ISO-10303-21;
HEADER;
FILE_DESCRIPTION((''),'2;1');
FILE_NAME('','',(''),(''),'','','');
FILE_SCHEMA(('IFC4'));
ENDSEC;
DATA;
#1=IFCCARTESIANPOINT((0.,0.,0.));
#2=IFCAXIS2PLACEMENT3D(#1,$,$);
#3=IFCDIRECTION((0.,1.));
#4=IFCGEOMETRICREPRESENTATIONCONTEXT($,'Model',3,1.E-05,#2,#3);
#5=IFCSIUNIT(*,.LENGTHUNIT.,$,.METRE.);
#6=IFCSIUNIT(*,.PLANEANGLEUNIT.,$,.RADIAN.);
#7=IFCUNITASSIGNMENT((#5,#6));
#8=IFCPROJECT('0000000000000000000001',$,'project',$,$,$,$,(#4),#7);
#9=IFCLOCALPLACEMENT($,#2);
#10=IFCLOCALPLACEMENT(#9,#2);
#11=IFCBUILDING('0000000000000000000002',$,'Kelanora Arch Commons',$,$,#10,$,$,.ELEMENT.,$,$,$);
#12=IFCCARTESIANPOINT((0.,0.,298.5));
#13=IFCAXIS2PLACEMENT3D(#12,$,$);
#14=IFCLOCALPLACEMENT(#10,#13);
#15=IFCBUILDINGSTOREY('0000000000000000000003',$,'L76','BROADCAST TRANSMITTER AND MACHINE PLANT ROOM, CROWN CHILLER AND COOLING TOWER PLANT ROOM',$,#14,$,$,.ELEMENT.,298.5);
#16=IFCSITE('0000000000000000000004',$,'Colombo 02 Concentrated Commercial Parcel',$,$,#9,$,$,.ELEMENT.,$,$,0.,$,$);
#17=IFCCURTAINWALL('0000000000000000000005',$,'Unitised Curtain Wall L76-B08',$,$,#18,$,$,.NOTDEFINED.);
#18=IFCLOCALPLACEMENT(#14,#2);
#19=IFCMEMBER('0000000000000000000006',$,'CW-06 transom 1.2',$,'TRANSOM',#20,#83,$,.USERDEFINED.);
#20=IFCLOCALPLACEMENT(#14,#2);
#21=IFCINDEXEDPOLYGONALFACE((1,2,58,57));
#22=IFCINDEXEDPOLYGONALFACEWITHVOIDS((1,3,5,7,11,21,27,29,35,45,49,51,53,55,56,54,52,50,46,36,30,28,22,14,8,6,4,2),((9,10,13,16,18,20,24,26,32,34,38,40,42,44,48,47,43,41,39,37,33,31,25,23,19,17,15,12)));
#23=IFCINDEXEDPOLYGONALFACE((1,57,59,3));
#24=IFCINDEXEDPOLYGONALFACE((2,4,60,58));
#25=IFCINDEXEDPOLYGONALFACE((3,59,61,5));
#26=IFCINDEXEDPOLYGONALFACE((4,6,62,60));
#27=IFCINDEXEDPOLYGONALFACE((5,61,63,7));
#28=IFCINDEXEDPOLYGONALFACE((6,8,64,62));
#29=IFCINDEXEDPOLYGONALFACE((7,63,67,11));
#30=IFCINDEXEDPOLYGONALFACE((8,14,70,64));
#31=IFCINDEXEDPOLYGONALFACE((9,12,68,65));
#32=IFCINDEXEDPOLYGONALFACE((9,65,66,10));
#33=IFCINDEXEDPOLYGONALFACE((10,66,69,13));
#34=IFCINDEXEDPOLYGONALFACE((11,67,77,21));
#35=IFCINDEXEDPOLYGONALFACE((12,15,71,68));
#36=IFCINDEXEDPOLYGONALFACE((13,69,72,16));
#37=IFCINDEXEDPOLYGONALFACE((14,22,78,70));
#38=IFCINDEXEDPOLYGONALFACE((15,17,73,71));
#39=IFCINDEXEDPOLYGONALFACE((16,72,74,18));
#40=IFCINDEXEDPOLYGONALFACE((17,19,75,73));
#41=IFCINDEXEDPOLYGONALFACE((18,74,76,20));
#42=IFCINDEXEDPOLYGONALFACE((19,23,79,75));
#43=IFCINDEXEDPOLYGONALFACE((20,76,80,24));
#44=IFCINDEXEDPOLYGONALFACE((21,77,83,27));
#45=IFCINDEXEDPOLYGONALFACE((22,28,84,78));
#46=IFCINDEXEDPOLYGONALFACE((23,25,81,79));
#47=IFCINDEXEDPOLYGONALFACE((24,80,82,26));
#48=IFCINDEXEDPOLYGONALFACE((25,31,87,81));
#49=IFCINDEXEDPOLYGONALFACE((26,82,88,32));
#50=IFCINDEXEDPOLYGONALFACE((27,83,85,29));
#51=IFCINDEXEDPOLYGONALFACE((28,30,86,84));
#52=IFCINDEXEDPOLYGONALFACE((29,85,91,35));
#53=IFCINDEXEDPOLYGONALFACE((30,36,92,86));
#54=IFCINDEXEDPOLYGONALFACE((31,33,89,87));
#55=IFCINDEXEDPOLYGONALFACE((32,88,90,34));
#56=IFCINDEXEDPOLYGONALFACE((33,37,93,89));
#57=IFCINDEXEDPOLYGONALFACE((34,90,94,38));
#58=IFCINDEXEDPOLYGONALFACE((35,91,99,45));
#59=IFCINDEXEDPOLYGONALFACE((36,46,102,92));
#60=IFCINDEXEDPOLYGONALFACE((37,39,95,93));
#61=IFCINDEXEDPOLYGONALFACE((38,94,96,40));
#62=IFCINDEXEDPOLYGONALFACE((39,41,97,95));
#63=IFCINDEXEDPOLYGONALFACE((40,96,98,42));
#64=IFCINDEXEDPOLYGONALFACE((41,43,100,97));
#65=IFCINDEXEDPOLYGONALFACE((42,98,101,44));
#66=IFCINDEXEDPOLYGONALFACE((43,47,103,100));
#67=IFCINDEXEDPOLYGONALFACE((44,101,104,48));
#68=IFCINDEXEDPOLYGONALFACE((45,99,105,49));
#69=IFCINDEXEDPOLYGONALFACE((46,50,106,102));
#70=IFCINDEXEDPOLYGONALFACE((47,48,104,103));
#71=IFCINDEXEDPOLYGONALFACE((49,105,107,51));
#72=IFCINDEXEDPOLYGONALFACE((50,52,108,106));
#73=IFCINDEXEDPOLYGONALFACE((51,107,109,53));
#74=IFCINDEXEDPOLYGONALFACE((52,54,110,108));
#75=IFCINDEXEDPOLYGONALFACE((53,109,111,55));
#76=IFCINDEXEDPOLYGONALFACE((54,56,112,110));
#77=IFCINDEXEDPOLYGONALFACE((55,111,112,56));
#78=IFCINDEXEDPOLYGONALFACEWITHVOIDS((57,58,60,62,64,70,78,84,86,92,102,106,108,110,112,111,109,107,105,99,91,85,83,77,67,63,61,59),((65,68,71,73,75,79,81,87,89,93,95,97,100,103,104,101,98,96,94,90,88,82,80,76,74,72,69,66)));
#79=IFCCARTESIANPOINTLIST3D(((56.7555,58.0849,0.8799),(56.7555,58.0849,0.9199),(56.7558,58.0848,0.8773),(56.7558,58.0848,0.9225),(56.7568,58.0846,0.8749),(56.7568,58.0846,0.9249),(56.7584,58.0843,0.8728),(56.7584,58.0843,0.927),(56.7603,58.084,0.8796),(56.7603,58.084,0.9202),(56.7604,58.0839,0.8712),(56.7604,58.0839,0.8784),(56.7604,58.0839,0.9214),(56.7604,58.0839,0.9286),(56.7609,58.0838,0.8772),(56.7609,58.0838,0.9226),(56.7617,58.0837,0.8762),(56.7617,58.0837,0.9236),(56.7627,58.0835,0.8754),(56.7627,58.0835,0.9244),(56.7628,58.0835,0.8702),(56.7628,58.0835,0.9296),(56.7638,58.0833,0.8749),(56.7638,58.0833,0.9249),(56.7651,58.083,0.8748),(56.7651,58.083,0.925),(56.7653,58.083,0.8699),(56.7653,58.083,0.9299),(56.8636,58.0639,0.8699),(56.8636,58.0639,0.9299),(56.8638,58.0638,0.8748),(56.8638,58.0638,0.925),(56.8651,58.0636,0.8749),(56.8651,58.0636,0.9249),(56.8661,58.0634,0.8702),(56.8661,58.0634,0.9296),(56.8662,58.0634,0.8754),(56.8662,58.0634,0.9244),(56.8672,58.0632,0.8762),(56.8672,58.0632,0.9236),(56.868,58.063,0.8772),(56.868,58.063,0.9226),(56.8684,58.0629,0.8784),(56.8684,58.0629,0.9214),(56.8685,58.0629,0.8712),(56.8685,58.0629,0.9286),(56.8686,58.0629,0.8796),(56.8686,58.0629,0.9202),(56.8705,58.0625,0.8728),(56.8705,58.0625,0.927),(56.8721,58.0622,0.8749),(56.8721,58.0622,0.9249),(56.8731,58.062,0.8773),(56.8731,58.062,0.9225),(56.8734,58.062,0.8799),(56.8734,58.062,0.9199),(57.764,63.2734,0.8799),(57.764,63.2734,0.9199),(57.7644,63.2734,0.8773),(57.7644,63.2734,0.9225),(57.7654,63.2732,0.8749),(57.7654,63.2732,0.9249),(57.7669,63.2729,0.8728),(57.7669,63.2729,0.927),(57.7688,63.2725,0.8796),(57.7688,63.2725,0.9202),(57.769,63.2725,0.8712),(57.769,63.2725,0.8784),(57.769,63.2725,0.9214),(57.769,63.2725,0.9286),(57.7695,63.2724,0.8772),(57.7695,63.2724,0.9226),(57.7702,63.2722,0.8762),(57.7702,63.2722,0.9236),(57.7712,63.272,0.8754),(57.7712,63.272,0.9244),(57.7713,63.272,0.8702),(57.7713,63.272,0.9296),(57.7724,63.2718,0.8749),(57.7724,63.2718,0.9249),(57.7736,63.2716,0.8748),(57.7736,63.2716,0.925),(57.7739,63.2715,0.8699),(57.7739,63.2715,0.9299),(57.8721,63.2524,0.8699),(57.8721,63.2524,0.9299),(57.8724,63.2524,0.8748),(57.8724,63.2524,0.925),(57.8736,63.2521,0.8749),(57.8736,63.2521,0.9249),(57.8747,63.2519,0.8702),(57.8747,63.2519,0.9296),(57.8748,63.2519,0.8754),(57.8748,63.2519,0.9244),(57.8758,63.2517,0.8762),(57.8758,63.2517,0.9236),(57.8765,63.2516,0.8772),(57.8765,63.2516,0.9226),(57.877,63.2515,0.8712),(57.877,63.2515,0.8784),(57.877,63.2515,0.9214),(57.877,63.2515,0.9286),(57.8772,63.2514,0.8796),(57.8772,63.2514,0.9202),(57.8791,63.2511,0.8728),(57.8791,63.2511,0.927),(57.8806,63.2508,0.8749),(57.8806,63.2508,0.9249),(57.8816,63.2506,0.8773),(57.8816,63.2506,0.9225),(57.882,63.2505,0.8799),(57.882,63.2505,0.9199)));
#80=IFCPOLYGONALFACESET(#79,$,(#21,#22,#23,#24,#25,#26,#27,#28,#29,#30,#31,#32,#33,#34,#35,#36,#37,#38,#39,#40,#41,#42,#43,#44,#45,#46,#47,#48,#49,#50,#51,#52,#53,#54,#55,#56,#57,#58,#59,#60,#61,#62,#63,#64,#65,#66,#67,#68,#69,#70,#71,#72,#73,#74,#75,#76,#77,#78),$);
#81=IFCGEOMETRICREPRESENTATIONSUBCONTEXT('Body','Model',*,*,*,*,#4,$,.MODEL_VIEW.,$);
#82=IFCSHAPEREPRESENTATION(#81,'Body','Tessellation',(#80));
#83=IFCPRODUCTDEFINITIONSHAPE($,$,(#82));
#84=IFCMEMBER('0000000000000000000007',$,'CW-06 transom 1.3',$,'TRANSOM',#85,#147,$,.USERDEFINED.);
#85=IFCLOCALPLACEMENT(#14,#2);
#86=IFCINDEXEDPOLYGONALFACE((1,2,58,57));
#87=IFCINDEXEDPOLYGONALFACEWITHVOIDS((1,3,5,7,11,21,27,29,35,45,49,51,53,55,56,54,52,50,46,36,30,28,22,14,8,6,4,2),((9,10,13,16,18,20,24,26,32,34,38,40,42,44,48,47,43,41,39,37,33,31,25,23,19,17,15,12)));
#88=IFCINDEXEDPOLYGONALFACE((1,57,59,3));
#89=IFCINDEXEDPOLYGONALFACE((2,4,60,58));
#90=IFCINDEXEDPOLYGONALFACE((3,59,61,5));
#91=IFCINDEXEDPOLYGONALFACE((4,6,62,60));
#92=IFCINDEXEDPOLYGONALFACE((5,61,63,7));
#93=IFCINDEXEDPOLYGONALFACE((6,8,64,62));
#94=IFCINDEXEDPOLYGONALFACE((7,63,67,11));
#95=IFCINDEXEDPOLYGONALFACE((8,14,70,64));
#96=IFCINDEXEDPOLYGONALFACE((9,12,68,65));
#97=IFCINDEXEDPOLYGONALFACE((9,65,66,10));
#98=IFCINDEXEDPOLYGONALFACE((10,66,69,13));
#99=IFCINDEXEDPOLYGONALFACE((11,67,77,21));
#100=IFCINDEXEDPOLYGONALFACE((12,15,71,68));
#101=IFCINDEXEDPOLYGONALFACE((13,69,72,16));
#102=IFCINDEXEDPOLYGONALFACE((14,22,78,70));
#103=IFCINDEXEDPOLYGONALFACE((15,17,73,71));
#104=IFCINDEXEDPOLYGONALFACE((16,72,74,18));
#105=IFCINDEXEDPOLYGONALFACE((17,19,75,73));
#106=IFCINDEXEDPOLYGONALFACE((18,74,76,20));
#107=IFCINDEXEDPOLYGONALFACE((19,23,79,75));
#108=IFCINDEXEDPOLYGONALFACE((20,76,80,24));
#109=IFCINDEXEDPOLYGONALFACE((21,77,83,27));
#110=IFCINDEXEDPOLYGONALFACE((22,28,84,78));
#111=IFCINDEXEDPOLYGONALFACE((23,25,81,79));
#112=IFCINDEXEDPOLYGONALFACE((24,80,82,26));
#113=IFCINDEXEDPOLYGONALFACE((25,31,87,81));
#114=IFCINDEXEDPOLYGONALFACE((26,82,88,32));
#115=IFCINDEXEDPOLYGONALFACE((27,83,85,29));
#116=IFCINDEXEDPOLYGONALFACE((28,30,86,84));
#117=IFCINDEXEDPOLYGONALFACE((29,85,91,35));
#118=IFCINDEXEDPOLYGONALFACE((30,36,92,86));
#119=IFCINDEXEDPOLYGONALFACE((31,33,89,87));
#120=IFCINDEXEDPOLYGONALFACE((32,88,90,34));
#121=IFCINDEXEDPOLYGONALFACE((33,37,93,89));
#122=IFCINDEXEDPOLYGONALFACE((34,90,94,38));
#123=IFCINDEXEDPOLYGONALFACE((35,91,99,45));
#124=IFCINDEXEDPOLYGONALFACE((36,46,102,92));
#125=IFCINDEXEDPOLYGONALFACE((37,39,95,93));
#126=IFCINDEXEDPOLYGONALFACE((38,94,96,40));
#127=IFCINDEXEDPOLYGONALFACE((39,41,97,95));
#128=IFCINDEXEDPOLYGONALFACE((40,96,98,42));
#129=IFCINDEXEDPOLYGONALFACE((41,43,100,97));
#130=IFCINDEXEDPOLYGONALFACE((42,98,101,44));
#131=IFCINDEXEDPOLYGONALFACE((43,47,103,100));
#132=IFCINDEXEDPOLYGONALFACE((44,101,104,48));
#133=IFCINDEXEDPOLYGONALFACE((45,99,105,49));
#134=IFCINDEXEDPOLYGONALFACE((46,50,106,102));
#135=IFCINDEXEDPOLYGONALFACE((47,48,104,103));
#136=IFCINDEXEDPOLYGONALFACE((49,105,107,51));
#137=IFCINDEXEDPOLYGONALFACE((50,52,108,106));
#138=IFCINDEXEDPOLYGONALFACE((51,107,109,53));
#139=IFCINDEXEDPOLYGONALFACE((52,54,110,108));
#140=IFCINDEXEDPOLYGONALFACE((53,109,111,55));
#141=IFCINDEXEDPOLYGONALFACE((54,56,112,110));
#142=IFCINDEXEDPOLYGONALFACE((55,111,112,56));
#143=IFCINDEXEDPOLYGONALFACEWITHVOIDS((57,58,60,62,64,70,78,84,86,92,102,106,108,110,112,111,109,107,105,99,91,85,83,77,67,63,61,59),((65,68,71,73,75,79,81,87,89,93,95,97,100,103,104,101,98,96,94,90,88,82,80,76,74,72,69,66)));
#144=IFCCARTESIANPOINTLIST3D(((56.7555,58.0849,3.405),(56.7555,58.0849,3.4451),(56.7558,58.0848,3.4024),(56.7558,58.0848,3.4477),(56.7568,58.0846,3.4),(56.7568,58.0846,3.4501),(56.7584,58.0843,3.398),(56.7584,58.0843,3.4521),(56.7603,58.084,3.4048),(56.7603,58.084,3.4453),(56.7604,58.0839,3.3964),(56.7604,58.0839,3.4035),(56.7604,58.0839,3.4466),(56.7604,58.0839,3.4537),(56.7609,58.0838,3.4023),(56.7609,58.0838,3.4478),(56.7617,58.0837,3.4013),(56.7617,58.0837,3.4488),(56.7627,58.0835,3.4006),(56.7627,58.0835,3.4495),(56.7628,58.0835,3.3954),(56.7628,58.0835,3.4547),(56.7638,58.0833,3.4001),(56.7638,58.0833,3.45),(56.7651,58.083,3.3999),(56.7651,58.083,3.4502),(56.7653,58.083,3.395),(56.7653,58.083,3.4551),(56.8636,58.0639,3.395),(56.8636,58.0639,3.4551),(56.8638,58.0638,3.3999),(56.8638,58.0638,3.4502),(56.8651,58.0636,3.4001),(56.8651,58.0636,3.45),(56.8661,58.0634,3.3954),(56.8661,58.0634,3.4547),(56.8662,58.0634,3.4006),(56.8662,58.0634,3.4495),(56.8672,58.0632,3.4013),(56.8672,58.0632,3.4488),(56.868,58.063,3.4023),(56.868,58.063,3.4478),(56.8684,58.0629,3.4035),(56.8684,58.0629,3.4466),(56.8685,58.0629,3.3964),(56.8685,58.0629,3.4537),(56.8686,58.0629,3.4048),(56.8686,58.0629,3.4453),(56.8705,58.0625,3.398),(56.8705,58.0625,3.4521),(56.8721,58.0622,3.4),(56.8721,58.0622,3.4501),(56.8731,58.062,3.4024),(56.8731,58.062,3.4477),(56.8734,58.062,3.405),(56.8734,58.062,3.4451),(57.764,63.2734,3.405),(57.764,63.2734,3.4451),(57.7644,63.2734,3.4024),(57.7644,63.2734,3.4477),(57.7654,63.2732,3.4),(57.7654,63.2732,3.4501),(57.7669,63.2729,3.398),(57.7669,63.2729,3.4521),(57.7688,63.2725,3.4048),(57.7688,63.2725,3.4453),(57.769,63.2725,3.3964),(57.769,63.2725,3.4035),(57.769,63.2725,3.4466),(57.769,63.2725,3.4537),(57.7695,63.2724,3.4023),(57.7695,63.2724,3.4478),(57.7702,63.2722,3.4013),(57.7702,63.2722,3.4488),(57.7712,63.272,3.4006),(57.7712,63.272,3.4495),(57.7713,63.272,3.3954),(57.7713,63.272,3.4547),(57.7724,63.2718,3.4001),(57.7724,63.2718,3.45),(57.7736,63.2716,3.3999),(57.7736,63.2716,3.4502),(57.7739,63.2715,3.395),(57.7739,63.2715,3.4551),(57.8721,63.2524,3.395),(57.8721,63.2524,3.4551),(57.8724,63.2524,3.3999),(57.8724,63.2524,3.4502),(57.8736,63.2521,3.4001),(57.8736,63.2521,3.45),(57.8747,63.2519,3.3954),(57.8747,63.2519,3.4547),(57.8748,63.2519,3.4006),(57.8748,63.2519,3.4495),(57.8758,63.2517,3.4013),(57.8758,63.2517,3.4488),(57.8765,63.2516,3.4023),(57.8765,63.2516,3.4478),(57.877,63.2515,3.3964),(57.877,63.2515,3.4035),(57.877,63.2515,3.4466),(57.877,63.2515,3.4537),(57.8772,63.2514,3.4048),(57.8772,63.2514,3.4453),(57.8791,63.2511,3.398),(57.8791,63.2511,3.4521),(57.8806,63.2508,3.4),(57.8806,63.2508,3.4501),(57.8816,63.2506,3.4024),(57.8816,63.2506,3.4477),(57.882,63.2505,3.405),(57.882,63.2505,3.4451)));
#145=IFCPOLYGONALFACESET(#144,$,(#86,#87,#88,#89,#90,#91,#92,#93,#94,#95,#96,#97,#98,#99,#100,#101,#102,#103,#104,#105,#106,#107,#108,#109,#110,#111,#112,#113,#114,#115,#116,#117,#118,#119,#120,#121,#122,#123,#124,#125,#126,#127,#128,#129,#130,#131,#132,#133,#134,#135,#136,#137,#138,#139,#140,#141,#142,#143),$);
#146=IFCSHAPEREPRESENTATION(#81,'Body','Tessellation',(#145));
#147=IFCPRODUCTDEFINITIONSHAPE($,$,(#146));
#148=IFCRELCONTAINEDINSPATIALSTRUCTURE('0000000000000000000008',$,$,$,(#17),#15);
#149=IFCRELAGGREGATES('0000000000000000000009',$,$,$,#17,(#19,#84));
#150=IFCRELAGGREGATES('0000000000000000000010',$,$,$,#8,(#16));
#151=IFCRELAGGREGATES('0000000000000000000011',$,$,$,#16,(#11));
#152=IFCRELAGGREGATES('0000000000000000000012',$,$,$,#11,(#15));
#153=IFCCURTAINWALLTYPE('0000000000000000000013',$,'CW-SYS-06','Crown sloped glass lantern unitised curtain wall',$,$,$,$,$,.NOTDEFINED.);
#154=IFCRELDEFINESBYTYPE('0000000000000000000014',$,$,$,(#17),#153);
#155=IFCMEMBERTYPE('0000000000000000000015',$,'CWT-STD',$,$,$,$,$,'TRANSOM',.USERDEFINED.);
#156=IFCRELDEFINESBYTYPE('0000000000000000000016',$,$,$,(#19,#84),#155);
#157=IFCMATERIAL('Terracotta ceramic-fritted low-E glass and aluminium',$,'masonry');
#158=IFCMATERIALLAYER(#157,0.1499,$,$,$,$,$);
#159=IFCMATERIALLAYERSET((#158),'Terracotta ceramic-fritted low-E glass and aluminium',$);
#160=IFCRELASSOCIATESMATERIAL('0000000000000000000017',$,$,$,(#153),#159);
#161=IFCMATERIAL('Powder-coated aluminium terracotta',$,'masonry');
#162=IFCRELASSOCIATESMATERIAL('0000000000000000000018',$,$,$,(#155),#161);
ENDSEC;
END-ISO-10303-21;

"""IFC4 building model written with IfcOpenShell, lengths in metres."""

from ifc_helpers import new_model, si_unit, direction, frame, origin, origin_2d, place, context, subcontext, project, spatial, hollow_rectangle, extrude, material, layer, layer_set, material_profile, profile_set, type_object, element, aggregate, save


model = new_model("IFC4")

# Units and contexts
model_context = context("Model", 3, precision=1e-05, world=origin(), true_north=direction((0.0, 1.0)))
body_context = subcontext(model_context, "Body", "Model", "MODEL_VIEW")
ifc_project = project(units=[si_unit("LENGTHUNIT", "METRE"), si_unit("PLANEANGLEUNIT", "RADIAN")], contexts=[model_context])

# Site, building, storey
site_placement = place(None, origin())
site = spatial("IfcSite", under=ifc_project, at=site_placement, Name="Colombo 02 Concentrated Commercial Parcel", CompositionType="ELEMENT", RefElevation=0.0)
building_placement = place(site_placement, origin())
building = spatial("IfcBuilding", under=site, at=building_placement, Name="Kelanora Arch Commons", CompositionType="ELEMENT")
storey_placement = place(building_placement, frame((0.0, 0.0, 298.5)))
storey = spatial("IfcBuildingStorey", under=building, at=storey_placement, Name="L76", Description="BROADCAST TRANSMITTER AND MACHINE PLANT ROOM, CROWN CHILLER AND COOLING TOWER PLANT ROOM", CompositionType="ELEMENT", Elevation=298.5)

# Shared definitions
ifc_material_1 = material(Name="Terracotta ceramic-fritted low-E glass and aluminium", Category="masonry")
ifc_layer_1 = layer(ifc_material_1, 0.1499)
ifc_layer_set_1 = layer_set([ifc_layer_1], Name="Terracotta ceramic-fritted low-E glass and aluminium")
curtain_wall_type = type_object("IfcCurtainWallType", Name="CW-SYS-06", Description="Crown sloped glass lantern unitised curtain wall", PredefinedType="NOTDEFINED", material=ifc_layer_set_1)
ifc_material_2 = material(Name="Powder-coated aluminium terracotta", Category="masonry")

# Curtain wall, members
curtain_wall_1_placement = place(storey_placement, origin())
curtain_wall_1 = element("IfcCurtainWall", 1, at=curtain_wall_1_placement, inside=storey, type_object=curtain_wall_type, Name="Unitised Curtain Wall L76-B08", PredefinedType="NOTDEFINED")
ifc_material_profile_1 = material_profile(ifc_material_2, hollow_rectangle(XDim=0.1201, YDim=0.0601, WallThickness=0.0049, InnerFilletRadius=0.0049, OuterFilletRadius=0.01, at=origin_2d()), Name="CWT120x60")
ifc_profile_set_1 = profile_set([ifc_material_profile_1], Name="Powder-coated aluminium terracotta")
member_type_1 = type_object("IfcMemberType", Name="CWT-STD", ElementType="TRANSOM", PredefinedType="USERDEFINED", material=ifc_profile_set_1)
member_1_placement = place(storey_placement, frame((57.823, 63.262, 0.8999), z_axis=(-0.19081, -0.981627, 0.0), x_axis=(0.981627, -0.19081, 0.0)))
member_1 = element("IfcMember", 2, at=member_1_placement, type_object=member_type_1, Name="CW-06 transom 1.2", ObjectType="TRANSOM", PredefinedType="USERDEFINED", context=body_context, shape_type="SweptSolid", body=[
    extrude(hollow_rectangle(XDim=0.1201, YDim=0.0601, WallThickness=0.0049, InnerFilletRadius=0.0049, OuterFilletRadius=0.01, at=origin_2d()), origin(), (0.0, 0.0, 1.0), 5.2856),
])
member_2_placement = place(storey_placement, frame((57.823, 63.262, 3.425), z_axis=(-0.19081, -0.981627, 0.0), x_axis=(0.981627, -0.19081, 0.0)))
member_2 = element("IfcMember", 3, at=member_2_placement, type_object=member_type_1, Name="CW-06 transom 1.3", ObjectType="TRANSOM", PredefinedType="USERDEFINED", context=body_context, shape_type="SweptSolid", body=[
    extrude(hollow_rectangle(XDim=0.1201, YDim=0.0601, WallThickness=0.0049, InnerFilletRadius=0.0049, OuterFilletRadius=0.01, at=origin_2d()), origin(), (0.0, 0.0, 1.0), 5.2856),
])
aggregate(curtain_wall_1, [member_1, member_2])

save(model, "model.ifc")
